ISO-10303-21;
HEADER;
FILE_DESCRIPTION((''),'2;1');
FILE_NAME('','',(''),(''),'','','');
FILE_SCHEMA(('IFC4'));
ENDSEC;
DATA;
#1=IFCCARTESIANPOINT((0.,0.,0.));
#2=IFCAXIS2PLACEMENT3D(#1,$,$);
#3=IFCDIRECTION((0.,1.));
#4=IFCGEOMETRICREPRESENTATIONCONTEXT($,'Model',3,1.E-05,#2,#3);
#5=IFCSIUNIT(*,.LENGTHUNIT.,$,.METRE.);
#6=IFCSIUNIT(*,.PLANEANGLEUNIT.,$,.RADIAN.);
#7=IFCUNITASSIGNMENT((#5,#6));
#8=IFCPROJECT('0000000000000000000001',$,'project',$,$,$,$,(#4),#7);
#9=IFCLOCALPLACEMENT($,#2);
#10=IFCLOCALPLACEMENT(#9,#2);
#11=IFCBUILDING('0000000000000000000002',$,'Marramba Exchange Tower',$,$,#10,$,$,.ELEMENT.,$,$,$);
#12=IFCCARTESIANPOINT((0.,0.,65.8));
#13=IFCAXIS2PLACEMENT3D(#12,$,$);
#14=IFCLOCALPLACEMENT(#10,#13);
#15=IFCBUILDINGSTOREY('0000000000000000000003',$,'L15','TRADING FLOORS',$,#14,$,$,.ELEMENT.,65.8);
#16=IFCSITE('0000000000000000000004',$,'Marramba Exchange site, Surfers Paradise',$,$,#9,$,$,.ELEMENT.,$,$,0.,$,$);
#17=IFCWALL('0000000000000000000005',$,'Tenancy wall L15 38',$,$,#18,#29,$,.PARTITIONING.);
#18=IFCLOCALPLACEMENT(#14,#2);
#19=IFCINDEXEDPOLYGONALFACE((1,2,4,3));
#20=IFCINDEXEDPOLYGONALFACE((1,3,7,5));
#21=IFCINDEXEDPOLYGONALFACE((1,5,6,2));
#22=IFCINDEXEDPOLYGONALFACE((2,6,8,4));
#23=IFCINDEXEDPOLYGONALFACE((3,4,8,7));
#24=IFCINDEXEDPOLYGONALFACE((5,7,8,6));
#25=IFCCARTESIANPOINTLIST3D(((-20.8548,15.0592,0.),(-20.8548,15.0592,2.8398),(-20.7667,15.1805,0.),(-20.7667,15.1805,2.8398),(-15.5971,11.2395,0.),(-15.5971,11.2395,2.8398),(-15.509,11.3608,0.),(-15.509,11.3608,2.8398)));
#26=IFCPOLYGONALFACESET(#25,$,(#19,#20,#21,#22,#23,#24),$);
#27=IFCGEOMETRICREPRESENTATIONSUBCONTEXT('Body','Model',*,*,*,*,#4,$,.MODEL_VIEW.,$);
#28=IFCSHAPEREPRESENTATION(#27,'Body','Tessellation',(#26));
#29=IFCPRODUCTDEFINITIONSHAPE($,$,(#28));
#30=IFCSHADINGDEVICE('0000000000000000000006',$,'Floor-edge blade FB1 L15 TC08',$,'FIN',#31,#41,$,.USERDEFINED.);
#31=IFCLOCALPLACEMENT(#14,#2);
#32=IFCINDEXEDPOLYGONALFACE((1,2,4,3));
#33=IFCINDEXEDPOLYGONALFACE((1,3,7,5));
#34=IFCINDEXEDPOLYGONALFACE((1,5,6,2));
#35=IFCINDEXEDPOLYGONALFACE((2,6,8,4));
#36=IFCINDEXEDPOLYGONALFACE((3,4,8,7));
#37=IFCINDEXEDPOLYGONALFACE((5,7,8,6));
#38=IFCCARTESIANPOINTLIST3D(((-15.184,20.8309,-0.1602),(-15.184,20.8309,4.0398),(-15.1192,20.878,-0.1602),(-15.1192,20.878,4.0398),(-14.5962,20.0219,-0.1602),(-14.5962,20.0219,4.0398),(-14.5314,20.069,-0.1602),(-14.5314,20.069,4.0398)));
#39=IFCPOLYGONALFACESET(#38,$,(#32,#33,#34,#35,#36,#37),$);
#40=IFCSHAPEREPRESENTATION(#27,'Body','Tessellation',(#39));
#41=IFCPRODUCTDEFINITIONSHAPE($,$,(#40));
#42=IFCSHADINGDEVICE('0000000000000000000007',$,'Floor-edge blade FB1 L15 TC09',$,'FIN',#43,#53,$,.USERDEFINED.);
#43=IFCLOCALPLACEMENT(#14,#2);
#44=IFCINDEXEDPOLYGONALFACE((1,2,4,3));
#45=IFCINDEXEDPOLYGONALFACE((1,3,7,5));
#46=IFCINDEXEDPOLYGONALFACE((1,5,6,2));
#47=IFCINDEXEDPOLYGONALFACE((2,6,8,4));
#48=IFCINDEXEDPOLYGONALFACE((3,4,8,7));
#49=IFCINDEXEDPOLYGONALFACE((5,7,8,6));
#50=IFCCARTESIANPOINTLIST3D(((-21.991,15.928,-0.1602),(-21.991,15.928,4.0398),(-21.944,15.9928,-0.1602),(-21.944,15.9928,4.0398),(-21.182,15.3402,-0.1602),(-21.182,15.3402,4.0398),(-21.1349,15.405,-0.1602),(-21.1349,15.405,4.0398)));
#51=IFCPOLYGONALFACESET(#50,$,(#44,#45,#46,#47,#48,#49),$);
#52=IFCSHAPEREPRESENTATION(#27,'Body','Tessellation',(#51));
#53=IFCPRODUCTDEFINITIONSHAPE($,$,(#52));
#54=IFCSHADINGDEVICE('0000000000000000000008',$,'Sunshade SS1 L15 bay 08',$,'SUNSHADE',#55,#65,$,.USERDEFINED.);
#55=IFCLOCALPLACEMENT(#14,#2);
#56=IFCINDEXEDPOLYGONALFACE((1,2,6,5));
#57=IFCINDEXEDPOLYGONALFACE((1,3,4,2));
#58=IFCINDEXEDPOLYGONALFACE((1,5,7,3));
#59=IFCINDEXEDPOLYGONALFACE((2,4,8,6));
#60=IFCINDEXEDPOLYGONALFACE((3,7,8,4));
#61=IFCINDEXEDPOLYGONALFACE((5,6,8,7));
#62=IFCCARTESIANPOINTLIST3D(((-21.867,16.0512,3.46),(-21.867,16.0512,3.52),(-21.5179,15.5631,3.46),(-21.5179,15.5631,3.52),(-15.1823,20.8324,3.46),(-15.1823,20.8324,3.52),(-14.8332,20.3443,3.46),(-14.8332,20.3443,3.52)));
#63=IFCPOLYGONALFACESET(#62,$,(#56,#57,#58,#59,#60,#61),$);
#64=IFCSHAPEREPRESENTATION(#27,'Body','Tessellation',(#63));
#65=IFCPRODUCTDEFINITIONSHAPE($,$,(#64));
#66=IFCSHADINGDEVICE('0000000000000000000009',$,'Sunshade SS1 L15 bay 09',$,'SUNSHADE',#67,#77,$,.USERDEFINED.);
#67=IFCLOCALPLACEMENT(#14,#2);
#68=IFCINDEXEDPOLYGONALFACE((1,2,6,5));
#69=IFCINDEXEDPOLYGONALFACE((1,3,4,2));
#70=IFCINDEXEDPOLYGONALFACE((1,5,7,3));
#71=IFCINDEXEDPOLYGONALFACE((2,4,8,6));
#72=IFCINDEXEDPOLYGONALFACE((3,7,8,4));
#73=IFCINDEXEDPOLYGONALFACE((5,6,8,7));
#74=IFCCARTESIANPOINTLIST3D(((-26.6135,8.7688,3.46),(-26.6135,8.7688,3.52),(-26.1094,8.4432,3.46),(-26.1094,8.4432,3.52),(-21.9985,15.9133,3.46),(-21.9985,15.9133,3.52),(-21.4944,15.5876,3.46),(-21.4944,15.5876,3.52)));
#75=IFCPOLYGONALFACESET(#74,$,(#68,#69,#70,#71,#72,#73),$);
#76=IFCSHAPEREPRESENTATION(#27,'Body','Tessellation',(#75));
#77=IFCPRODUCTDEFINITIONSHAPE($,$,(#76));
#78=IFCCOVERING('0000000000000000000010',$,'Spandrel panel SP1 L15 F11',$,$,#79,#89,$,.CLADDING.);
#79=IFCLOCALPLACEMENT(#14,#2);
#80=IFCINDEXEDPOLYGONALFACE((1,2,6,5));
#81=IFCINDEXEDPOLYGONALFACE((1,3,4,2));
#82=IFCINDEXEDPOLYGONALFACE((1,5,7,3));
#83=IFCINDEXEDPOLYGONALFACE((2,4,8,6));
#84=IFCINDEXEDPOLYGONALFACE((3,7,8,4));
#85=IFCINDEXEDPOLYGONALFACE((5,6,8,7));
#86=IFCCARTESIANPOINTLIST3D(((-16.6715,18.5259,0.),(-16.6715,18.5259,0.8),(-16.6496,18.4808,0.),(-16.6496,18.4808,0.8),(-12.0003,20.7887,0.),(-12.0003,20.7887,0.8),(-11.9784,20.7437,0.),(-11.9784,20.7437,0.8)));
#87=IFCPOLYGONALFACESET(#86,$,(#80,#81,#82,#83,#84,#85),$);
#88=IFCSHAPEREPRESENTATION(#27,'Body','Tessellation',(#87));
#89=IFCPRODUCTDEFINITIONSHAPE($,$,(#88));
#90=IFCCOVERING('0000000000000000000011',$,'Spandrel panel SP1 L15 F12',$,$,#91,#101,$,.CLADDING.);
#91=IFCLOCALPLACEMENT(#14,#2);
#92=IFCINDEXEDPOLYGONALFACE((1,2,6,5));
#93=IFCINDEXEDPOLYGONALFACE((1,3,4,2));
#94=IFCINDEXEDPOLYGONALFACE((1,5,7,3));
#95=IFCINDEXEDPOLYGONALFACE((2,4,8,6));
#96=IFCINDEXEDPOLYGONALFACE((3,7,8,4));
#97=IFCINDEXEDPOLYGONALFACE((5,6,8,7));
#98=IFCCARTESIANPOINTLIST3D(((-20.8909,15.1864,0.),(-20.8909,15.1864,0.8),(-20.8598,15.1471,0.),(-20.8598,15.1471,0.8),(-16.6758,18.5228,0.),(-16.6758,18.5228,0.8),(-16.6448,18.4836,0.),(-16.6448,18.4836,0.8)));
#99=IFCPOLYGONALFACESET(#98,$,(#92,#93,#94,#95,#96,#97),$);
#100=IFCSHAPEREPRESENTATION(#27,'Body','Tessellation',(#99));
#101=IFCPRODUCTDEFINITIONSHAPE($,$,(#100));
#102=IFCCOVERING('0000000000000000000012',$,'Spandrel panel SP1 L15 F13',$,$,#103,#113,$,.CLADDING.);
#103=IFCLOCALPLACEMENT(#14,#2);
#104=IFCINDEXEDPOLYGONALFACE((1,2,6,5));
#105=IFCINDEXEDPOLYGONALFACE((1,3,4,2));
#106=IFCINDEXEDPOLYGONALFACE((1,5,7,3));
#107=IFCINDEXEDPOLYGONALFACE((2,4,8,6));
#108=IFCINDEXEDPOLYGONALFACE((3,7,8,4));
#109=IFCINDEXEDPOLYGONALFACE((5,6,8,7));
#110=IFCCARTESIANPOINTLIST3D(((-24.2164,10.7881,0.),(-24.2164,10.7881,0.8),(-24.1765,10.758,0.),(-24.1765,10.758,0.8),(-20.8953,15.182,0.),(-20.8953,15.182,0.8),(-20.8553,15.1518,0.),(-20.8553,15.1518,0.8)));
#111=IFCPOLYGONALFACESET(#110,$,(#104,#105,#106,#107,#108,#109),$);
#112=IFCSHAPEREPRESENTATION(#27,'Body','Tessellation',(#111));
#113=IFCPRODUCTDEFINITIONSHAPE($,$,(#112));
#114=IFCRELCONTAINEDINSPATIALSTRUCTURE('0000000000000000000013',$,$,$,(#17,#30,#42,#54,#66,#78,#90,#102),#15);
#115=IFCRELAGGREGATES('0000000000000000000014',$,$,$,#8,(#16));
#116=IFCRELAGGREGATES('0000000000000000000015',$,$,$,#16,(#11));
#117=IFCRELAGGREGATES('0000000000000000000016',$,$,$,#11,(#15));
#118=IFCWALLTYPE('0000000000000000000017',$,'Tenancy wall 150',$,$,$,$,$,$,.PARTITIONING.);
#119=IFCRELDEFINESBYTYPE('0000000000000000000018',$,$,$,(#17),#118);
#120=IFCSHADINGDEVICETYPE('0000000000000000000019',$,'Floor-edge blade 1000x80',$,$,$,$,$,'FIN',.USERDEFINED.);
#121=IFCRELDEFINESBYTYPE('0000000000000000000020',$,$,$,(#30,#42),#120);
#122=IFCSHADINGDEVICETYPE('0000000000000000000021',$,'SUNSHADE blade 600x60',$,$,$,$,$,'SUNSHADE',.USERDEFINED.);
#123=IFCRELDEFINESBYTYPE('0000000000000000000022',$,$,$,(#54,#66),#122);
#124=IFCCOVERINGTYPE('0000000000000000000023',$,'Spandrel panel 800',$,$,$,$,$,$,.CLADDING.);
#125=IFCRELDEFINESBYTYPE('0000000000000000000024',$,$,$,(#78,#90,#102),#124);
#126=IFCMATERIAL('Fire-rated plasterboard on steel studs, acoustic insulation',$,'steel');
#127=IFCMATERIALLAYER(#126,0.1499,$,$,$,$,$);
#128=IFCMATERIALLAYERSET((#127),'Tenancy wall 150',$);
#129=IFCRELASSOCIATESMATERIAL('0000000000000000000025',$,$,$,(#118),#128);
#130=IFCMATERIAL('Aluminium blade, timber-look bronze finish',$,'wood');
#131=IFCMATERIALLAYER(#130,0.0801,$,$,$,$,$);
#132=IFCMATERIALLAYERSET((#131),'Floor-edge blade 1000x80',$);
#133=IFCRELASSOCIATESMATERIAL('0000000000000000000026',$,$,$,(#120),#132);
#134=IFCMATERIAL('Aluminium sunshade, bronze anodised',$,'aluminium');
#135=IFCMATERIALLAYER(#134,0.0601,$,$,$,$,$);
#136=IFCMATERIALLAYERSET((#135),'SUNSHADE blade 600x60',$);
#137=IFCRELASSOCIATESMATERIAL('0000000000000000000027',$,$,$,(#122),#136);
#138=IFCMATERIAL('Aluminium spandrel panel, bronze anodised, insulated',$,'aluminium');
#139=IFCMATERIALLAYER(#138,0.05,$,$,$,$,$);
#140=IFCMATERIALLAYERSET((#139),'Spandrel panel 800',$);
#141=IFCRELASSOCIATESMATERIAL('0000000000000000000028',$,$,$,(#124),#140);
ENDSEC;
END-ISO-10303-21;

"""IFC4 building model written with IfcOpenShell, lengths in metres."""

from ifc_helpers import new_model, si_unit, direction, frame, frame_2d, origin, origin_2d, place, context, subcontext, project, spatial, rectangle, extrude, material, layer, layer_set, type_object, element, save


model = new_model("IFC4")

# Units and contexts
model_context = context("Model", 3, precision=1e-05, world=origin(), true_north=direction((0.0, 1.0)))
body_context = subcontext(model_context, "Body", "Model", "MODEL_VIEW")
ifc_project = project(units=[si_unit("LENGTHUNIT", "METRE"), si_unit("PLANEANGLEUNIT", "RADIAN")], contexts=[model_context])

# Site, building, storey
site_placement = place(None, origin())
site = spatial("IfcSite", under=ifc_project, at=site_placement, Name="Marramba Exchange site, Surfers Paradise", CompositionType="ELEMENT", RefElevation=0.0)
building_placement = place(site_placement, origin())
building = spatial("IfcBuilding", under=site, at=building_placement, Name="Marramba Exchange Tower", CompositionType="ELEMENT")
storey_placement = place(building_placement, frame((0.0, 0.0, 65.8)))
storey = spatial("IfcBuildingStorey", under=building, at=storey_placement, Name="L15", Description="TRADING FLOORS", CompositionType="ELEMENT", Elevation=65.8)

# Wall
ifc_material_1 = material(Name="Fire-rated plasterboard on steel studs, acoustic insulation", Category="steel")
ifc_layer_1 = layer(ifc_material_1, 0.1499)
ifc_layer_set_1 = layer_set([ifc_layer_1], Name="Tenancy wall 150")
wall_type_1 = type_object("IfcWallType", Name="Tenancy wall 150", PredefinedType="PARTITIONING", material=ifc_layer_set_1)
wall_1_placement = place(storey_placement, frame((-15.553, 11.3, 0.0), z_axis=(0.0, 0.0, 1.0), x_axis=(-0.809032, 0.587765, 0.0)))
element("IfcWall", 1, at=wall_1_placement, inside=storey, type_object=wall_type_1, Name="Tenancy wall L15 38", PredefinedType="PARTITIONING", context=body_context, shape_type="SweptSolid", body=[
    extrude(rectangle(XDim=6.4988, YDim=0.1499, at=frame_2d((3.2495, 0.0))), origin(), (0.0, 0.0, 1.0), 2.8398),
])

# Shading devices
ifc_material_2 = material(Name="Aluminium blade, timber-look bronze finish", Category="wood")
ifc_layer_2 = layer(ifc_material_2, 0.0801)
ifc_layer_set_2 = layer_set([ifc_layer_2], Name="Floor-edge blade 1000x80")
shading_device_type_1 = type_object("IfcShadingDeviceType", Name="Floor-edge blade 1000x80", ElementType="FIN", PredefinedType="USERDEFINED", material=ifc_layer_set_2)
for number, where, z_axis, x_axis, name in (
    (2, (-14.8577, 20.45, -0.1602), (0.0, 0.0, 1.0), (-0.587785, 0.809017, 0.0), "Floor-edge blade FB1 L15 TC08"),
    (3, (-21.563, 15.6665, -0.1602), (0.0, 0.0, 1.0), (-0.809017, 0.587785, 0.0), "Floor-edge blade FB1 L15 TC09"),
):
    element("IfcShadingDevice", number, at=place(storey_placement, frame(where, z_axis=z_axis, x_axis=x_axis)), inside=storey, type_object=shading_device_type_1, Name=name, ObjectType="FIN", PredefinedType="USERDEFINED", context=body_context, shape_type="SweptSolid", body=[
        extrude(rectangle(XDim=1.0, YDim=0.0801, at=origin_2d()), origin(), (0.0, 0.0, 1.0), 4.2),
    ])
ifc_material_3 = material(Name="Aluminium sunshade, bronze anodised", Category="aluminium")
ifc_layer_3 = layer(ifc_material_3, 0.0601)
ifc_layer_set_3 = layer_set([ifc_layer_3], Name="SUNSHADE blade 600x60")
shading_device_type_2 = type_object("IfcShadingDeviceType", Name="SUNSHADE blade 600x60", ElementType="SUNSHADE", PredefinedType="USERDEFINED", material=ifc_layer_set_3)
shading_device_1_placement = place(storey_placement, frame((-18.3501, 18.1978, 3.46), z_axis=(0.0, 0.0, 1.0), x_axis=(-0.813363, -0.581757, 0.0)))
element("IfcShadingDevice", 4, at=shading_device_1_placement, inside=storey, type_object=shading_device_type_2, Name="Sunshade SS1 L15 bay 08", ObjectType="SUNSHADE", PredefinedType="USERDEFINED", context=body_context, shape_type="SweptSolid", body=[
    extrude(rectangle(XDim=8.2185, YDim=0.6001, at=origin_2d()), origin(), (0.0, 0.0, 1.0), 0.0601),
])
shading_device_2_placement = place(storey_placement, frame((-24.054, 12.1782, 3.46), z_axis=(0.0, 0.0, 1.0), x_axis=(-0.542597, -0.839993, 0.0)))
element("IfcShadingDevice", 5, at=shading_device_2_placement, inside=storey, type_object=shading_device_type_2, Name="Sunshade SS1 L15 bay 09", ObjectType="SUNSHADE", PredefinedType="USERDEFINED", context=body_context, shape_type="SweptSolid", body=[
    extrude(rectangle(XDim=8.5054, YDim=0.6001, at=origin_2d()), origin(), (0.0, 0.0, 1.0), 0.0601),
])

# Coverings
ifc_material_4 = material(Name="Aluminium spandrel panel, bronze anodised, insulated", Category="aluminium")
ifc_layer_4 = layer(ifc_material_4, 0.05)
ifc_layer_set_4 = layer_set([ifc_layer_4], Name="Spandrel panel 800")
covering_type = type_object("IfcCoveringType", Name="Spandrel panel 800", PredefinedType="CLADDING", material=ifc_layer_set_4)
covering_1_placement = place(storey_placement, frame((-14.325, 19.6348, 0.0), z_axis=(0.0, 0.0, 1.0), x_axis=(-0.899963, -0.435965, 0.0)))
element("IfcCovering", 6, at=covering_1_placement, inside=storey, type_object=covering_type, Name="Spandrel panel SP1 L15 F11", PredefinedType="CLADDING", context=body_context, shape_type="SweptSolid", body=[
    extrude(rectangle(XDim=5.1904, YDim=0.05, at=origin_2d()), origin(), (0.0, 0.0, 1.0), 0.8),
])
covering_2_placement = place(storey_placement, frame((-18.7678, 16.835, 0.0), z_axis=(0.0, 0.0, 1.0), x_axis=(-0.784088, -0.62065, 0.0)))
element("IfcCovering", 7, at=covering_2_placement, inside=storey, type_object=covering_type, Name="Spandrel panel SP1 L15 F12", PredefinedType="CLADDING", context=body_context, shape_type="SweptSolid", body=[
    extrude(rectangle(XDim=5.3757, YDim=0.05, at=origin_2d()), origin(), (0.0, 0.0, 1.0), 0.8),
])
covering_3_placement = place(storey_placement, frame((-22.5359, 12.97, 0.0), z_axis=(0.0, 0.0, 1.0), x_axis=(-0.60299, -0.797749, 0.0)))
element("IfcCovering", 8, at=covering_3_placement, inside=storey, type_object=covering_type, Name="Spandrel panel SP1 L15 F13", PredefinedType="CLADDING", context=body_context, shape_type="SweptSolid", body=[
    extrude(rectangle(XDim=5.5078, YDim=0.05, at=origin_2d()), origin(), (0.0, 0.0, 1.0), 0.8),
])

save(model, "model.ifc")
